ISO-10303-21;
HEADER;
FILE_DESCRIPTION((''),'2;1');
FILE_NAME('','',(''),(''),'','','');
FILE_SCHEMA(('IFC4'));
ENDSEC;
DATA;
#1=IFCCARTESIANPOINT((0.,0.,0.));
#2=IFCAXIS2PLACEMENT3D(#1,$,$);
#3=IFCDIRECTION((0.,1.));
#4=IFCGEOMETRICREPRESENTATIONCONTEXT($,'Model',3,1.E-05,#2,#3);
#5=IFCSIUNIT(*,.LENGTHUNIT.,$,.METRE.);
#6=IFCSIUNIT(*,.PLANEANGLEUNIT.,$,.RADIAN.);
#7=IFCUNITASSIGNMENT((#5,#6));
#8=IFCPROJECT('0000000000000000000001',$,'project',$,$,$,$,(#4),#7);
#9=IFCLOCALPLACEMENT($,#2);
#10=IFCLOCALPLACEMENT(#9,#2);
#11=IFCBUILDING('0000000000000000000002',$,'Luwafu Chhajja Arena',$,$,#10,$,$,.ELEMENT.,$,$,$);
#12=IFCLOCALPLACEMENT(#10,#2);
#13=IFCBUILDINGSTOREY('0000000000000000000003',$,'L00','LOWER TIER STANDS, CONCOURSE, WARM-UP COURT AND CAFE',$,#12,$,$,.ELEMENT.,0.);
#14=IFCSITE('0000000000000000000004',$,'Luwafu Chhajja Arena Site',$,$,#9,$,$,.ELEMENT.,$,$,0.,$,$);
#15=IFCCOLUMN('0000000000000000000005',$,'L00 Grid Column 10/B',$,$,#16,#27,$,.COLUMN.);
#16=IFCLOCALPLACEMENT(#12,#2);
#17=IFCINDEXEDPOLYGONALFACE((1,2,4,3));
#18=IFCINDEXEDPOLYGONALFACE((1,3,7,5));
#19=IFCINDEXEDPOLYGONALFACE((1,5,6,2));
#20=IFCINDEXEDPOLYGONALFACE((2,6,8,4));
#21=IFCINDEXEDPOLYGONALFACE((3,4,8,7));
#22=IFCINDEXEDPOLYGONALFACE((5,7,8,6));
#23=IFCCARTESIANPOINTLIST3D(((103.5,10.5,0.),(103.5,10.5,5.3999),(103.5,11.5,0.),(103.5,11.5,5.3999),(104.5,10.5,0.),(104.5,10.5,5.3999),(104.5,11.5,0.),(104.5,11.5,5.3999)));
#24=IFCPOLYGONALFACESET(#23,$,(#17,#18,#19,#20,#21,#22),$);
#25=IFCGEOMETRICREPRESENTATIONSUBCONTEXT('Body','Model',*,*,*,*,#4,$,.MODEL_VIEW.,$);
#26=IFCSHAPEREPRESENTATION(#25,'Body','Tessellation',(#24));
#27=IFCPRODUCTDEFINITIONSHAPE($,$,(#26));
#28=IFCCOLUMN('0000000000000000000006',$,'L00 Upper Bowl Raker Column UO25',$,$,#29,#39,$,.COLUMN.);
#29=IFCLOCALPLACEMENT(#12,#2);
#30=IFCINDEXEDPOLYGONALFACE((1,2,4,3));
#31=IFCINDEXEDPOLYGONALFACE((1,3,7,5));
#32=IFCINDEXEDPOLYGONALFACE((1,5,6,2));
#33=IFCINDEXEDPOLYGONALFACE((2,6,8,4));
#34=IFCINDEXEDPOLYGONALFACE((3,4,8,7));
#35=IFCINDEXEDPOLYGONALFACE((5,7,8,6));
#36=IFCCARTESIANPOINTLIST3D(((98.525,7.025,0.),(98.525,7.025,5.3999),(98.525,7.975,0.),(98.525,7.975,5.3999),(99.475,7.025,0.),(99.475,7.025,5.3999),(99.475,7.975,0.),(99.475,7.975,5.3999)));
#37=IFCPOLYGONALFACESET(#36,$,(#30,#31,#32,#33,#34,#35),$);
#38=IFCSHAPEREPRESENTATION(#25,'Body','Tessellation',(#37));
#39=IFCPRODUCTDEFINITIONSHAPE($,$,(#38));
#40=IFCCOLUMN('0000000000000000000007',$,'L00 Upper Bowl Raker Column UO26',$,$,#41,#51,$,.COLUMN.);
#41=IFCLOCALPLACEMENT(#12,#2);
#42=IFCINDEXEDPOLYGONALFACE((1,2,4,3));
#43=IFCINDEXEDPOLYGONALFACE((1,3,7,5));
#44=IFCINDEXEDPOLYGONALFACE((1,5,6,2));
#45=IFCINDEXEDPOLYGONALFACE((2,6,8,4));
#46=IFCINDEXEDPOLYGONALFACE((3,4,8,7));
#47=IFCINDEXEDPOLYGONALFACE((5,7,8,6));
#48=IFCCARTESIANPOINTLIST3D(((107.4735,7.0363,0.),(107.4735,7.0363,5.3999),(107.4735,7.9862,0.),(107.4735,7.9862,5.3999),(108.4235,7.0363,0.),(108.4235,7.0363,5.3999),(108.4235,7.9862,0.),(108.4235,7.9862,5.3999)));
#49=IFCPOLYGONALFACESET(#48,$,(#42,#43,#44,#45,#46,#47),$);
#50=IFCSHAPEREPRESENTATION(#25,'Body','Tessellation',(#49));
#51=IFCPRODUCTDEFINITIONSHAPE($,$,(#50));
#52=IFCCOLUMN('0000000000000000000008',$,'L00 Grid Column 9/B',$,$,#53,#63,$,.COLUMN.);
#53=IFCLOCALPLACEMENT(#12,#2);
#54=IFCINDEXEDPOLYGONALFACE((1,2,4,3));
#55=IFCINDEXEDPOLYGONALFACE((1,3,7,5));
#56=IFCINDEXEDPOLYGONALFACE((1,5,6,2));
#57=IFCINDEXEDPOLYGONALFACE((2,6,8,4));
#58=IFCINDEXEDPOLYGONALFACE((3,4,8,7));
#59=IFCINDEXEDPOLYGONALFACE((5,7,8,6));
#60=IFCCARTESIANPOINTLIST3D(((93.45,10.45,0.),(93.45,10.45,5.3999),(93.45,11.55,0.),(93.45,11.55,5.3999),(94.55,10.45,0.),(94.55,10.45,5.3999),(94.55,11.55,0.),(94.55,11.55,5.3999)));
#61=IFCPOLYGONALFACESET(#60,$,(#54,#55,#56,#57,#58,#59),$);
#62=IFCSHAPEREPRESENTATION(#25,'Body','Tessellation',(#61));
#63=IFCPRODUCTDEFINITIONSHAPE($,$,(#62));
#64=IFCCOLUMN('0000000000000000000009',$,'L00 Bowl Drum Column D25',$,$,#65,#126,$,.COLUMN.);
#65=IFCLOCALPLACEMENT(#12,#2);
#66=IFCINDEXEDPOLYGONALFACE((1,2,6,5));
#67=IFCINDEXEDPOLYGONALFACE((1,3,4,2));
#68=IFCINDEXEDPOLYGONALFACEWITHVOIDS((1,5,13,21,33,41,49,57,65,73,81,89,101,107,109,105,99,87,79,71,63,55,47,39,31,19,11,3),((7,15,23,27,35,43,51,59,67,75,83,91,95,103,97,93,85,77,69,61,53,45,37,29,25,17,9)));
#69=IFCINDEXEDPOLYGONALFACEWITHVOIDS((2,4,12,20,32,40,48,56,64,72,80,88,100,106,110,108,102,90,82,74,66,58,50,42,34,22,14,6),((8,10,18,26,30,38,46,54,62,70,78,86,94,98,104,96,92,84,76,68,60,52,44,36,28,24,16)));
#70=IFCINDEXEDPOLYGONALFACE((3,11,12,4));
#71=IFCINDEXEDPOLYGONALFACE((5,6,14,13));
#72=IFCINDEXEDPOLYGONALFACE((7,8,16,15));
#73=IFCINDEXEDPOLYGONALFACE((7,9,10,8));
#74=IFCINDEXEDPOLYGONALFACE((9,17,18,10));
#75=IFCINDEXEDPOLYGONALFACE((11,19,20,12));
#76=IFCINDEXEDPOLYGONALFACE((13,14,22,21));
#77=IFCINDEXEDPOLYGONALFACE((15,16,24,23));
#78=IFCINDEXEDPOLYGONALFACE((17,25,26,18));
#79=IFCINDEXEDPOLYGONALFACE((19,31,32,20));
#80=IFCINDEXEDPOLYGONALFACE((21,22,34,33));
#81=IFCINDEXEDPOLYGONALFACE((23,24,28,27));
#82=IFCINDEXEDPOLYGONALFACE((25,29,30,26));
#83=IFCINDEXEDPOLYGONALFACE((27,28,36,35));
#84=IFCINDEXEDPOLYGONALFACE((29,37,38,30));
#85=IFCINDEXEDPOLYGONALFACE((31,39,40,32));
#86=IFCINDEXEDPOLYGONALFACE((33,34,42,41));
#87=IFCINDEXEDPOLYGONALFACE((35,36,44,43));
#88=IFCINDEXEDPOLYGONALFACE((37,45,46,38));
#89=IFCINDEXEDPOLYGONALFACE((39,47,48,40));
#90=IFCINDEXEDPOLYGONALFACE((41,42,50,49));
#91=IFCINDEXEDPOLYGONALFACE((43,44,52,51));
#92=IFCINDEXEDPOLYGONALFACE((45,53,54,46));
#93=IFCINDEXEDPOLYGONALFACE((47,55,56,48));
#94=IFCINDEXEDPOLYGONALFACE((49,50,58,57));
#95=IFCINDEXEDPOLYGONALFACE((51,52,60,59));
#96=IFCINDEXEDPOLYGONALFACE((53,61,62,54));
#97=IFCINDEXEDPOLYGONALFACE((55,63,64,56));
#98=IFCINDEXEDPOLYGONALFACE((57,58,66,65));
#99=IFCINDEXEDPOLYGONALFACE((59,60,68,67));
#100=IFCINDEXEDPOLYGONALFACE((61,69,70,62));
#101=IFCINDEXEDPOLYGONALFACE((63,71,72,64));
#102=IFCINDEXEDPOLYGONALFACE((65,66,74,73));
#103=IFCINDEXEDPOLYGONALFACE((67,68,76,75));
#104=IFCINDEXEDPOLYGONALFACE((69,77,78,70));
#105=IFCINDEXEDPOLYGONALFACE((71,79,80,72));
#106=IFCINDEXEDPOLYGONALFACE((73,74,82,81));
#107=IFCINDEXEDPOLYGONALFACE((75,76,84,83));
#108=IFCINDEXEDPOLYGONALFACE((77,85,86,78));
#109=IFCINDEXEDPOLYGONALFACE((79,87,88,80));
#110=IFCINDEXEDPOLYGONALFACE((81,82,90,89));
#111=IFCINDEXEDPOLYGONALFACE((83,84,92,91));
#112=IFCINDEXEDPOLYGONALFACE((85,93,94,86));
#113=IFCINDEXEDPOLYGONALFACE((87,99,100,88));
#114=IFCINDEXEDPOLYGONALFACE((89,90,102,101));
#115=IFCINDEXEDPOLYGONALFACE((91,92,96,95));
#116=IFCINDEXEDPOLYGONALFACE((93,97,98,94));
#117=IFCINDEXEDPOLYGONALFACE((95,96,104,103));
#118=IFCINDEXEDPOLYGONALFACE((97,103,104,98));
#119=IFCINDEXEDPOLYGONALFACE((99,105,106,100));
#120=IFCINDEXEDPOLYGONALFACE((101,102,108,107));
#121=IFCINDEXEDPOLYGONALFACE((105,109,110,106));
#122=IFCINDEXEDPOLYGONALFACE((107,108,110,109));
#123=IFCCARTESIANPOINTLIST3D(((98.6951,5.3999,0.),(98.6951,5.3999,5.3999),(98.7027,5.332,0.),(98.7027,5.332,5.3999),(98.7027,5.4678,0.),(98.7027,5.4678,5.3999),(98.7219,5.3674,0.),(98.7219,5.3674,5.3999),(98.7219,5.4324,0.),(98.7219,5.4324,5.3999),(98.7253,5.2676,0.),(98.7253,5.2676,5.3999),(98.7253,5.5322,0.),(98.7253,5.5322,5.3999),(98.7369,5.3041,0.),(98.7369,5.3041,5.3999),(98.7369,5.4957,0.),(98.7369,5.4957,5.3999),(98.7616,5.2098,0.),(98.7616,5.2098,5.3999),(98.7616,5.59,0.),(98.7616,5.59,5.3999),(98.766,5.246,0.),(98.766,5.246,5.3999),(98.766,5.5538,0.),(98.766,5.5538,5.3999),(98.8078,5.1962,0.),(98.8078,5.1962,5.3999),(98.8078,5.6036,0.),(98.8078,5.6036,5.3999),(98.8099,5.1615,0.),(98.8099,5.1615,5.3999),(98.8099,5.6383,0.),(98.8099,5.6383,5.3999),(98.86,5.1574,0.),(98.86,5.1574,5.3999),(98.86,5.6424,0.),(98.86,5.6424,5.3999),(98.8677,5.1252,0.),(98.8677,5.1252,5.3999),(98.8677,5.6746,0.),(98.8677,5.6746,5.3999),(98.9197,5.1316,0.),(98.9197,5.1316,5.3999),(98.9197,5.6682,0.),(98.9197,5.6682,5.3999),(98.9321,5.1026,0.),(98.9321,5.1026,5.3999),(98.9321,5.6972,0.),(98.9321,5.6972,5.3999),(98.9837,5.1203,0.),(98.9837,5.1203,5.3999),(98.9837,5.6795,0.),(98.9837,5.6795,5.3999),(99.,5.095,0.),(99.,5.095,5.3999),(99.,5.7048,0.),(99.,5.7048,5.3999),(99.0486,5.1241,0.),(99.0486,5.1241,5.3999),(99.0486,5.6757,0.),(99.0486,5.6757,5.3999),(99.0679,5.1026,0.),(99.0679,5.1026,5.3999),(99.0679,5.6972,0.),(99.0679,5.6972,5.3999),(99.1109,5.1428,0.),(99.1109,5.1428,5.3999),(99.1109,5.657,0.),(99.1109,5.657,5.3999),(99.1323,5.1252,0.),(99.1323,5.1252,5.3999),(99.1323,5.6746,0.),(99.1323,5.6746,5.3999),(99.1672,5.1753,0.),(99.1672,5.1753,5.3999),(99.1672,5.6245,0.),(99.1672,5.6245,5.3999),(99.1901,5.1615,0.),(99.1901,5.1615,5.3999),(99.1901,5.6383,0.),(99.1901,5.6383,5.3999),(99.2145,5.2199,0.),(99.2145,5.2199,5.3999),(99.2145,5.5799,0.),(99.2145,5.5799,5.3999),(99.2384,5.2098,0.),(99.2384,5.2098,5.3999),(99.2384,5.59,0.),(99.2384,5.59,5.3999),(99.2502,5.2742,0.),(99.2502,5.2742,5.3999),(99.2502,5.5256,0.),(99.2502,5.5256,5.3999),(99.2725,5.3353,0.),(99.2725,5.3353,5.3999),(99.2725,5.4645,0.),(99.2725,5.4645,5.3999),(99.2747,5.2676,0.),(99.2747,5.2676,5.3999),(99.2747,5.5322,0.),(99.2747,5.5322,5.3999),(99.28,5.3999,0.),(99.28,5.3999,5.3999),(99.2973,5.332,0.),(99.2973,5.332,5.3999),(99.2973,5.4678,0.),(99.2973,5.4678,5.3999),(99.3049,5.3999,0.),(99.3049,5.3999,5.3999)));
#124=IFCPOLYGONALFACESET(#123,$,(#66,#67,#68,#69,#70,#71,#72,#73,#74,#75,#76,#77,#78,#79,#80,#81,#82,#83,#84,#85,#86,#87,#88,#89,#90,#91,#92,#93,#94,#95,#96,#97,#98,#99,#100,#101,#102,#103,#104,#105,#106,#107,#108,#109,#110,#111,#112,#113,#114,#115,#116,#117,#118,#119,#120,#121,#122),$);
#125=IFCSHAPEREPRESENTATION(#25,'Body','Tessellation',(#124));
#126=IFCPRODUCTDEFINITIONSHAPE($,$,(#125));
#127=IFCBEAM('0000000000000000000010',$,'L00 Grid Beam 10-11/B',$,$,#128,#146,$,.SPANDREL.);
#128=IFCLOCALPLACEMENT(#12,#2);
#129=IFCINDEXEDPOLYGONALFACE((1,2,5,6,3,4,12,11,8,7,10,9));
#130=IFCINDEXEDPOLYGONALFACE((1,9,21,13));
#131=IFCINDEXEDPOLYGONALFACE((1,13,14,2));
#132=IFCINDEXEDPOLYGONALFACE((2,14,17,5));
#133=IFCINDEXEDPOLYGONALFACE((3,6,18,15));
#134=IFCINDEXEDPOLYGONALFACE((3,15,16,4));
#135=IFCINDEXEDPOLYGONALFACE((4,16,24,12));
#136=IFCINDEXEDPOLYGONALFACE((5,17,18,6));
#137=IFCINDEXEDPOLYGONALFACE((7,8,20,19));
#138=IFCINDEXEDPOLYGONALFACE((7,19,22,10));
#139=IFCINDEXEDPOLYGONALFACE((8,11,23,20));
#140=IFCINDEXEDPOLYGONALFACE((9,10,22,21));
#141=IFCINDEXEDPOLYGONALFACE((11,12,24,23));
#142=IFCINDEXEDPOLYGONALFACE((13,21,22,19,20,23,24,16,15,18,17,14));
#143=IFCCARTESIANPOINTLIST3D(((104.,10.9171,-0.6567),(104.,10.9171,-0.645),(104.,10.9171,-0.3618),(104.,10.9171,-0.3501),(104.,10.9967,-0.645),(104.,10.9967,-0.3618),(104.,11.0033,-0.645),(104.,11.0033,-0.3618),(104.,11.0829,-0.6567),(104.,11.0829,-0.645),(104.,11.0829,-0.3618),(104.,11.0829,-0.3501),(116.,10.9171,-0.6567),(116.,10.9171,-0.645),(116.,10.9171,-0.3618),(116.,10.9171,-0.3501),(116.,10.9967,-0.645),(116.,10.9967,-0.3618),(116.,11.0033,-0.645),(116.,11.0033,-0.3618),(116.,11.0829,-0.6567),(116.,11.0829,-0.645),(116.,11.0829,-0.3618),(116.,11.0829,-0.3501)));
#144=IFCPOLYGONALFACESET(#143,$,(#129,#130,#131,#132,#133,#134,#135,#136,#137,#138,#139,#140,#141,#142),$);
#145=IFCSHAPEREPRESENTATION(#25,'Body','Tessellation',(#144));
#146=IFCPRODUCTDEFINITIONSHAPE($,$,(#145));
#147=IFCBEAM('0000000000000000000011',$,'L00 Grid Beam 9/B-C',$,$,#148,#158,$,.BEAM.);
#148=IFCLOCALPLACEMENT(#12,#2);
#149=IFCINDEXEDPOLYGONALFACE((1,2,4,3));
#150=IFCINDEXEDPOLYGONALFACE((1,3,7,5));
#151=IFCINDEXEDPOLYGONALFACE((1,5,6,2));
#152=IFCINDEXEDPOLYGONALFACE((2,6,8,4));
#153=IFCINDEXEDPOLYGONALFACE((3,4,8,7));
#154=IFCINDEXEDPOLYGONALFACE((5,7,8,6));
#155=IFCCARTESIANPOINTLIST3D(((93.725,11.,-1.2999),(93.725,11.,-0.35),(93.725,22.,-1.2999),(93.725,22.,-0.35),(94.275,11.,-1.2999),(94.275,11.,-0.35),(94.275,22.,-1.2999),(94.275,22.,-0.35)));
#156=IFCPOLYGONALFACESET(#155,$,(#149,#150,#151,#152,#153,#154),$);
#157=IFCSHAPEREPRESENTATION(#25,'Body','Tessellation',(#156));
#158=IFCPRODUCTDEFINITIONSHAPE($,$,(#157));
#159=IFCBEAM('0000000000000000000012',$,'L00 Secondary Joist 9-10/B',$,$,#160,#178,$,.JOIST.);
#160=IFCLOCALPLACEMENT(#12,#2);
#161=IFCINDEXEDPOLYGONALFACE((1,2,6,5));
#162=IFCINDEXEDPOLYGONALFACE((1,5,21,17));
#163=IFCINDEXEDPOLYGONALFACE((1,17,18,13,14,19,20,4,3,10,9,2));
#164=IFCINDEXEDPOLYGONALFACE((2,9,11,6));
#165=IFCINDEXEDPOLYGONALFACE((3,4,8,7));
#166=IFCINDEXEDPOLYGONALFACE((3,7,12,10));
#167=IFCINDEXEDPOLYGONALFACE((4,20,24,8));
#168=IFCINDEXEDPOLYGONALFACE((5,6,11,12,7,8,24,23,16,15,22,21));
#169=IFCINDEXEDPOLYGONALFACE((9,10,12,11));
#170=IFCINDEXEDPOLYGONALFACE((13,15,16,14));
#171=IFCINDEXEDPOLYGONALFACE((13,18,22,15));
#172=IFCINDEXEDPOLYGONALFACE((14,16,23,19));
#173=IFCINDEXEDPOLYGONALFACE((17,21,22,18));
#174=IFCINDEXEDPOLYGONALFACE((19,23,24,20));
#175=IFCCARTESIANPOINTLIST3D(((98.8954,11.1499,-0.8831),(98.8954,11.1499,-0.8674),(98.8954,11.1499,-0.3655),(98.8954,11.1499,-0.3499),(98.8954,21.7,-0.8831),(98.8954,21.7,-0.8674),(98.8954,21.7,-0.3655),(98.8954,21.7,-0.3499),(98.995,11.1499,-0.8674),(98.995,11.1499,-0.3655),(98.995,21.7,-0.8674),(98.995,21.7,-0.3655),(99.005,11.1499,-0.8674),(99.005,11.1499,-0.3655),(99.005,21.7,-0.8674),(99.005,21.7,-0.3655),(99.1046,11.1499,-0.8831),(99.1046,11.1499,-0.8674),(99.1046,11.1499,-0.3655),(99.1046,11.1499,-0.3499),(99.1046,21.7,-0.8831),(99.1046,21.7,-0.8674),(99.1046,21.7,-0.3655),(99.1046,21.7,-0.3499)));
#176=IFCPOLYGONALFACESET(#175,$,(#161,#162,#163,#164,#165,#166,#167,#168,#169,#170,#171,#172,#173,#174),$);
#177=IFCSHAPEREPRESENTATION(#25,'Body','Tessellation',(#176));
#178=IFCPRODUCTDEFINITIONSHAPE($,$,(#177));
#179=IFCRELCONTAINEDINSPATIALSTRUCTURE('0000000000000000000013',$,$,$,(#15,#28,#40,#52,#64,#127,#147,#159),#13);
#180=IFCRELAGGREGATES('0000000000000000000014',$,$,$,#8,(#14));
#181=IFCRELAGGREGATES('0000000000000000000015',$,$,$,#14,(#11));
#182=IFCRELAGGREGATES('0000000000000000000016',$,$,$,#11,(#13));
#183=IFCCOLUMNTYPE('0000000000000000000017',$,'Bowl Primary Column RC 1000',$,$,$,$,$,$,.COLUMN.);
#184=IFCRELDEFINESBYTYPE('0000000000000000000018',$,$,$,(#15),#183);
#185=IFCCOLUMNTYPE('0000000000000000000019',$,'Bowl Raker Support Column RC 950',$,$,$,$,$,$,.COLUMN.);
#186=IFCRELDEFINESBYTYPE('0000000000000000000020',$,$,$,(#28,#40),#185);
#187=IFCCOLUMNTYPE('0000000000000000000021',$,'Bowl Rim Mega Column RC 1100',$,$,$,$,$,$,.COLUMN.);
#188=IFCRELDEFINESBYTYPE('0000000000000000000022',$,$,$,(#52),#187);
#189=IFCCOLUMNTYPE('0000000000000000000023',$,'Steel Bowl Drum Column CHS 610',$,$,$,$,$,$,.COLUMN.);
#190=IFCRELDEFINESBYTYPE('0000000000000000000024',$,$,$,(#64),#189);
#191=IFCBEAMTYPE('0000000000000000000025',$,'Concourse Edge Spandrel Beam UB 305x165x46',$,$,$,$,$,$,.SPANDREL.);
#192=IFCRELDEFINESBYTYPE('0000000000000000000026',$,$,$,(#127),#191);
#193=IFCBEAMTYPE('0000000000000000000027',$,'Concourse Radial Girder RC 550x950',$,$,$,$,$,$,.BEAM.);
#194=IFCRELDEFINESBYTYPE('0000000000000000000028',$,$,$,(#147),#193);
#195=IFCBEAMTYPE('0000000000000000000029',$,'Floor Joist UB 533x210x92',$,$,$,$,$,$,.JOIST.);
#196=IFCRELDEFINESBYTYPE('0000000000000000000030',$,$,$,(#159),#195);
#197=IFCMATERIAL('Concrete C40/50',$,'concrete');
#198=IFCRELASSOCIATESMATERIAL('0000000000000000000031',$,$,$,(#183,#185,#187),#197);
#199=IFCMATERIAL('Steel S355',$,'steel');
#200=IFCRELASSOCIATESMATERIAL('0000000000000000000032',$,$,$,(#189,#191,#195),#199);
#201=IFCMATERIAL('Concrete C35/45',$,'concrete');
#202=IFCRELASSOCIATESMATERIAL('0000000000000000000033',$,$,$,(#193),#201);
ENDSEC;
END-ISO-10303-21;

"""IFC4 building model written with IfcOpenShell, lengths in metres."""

from ifc_helpers import new_model, si_unit, direction, frame, origin, origin_2d, place, context, subcontext, project, spatial, rectangle, hollow_circle, i_section, extrude, material, material_profile, profile_set, type_object, element, save


model = new_model("IFC4")

# Units and contexts
model_context = context("Model", 3, precision=1e-05, world=origin(), true_north=direction((0.0, 1.0)))
body_context = subcontext(model_context, "Body", "Model", "MODEL_VIEW")
ifc_project = project(units=[si_unit("LENGTHUNIT", "METRE"), si_unit("PLANEANGLEUNIT", "RADIAN")], contexts=[model_context])

# Site, building, storey
site_placement = place(None, origin())
site = spatial("IfcSite", under=ifc_project, at=site_placement, Name="Luwafu Chhajja Arena Site", CompositionType="ELEMENT", RefElevation=0.0)
building_placement = place(site_placement, origin())
building = spatial("IfcBuilding", under=site, at=building_placement, Name="Luwafu Chhajja Arena", CompositionType="ELEMENT")
storey_placement = place(building_placement, origin())
storey = spatial("IfcBuildingStorey", under=building, at=storey_placement, Name="L00", Description="LOWER TIER STANDS, CONCOURSE, WARM-UP COURT AND CAFE", CompositionType="ELEMENT", Elevation=0.0)

# Columns
ifc_material_1 = material(Name="Concrete C40/50", Category="concrete")
ifc_material_profile_1 = material_profile(ifc_material_1, rectangle(XDim=1.0, YDim=1.0, at=origin_2d()), Name="RC 1000x1000")
ifc_profile_set_1 = profile_set([ifc_material_profile_1], Name="Concrete C40/50")
column_type_1 = type_object("IfcColumnType", Name="Bowl Primary Column RC 1000", PredefinedType="COLUMN", material=ifc_profile_set_1)
column_1_placement = place(storey_placement, frame((104.0, 11.0, 0.0), z_axis=(0.0, 0.0, 1.0), x_axis=(1.0, 0.0, 0.0)))
element("IfcColumn", 1, at=column_1_placement, inside=storey, type_object=column_type_1, Name="L00 Grid Column 10/B", PredefinedType="COLUMN", context=body_context, shape_type="SweptSolid", body=[
    extrude(rectangle(XDim=1.0, YDim=1.0, at=origin_2d()), origin(), (0.0, 0.0, 1.0), 5.3999),
])
ifc_material_profile_2 = material_profile(ifc_material_1, rectangle(XDim=0.95, YDim=0.95, at=origin_2d()), Name="RC 950x950")
ifc_profile_set_2 = profile_set([ifc_material_profile_2], Name="Concrete C40/50")
column_type_2 = type_object("IfcColumnType", Name="Bowl Raker Support Column RC 950", PredefinedType="COLUMN", material=ifc_profile_set_2)
for number, where, z_axis, x_axis, name in (
    (2, (99.0, 7.5, 0.0), (0.0, 0.0, 1.0), (1.0, 0.0, 0.0), "L00 Upper Bowl Raker Column UO25"),
    (3, (107.9485, 7.5112, 0.0), (0.0, 0.0, 1.0), (1.0, 0.0, 0.0), "L00 Upper Bowl Raker Column UO26"),
):
    element("IfcColumn", number, at=place(storey_placement, frame(where, z_axis=z_axis, x_axis=x_axis)), inside=storey, type_object=column_type_2, Name=name, PredefinedType="COLUMN", context=body_context, shape_type="SweptSolid", body=[
        extrude(rectangle(XDim=0.95, YDim=0.95, at=origin_2d()), origin(), (0.0, 0.0, 1.0), 5.3999),
    ])
ifc_material_profile_3 = material_profile(ifc_material_1, rectangle(XDim=1.1001, YDim=1.1001, at=origin_2d()), Name="RC 1100x1100")
ifc_profile_set_3 = profile_set([ifc_material_profile_3], Name="Concrete C40/50")
column_type_3 = type_object("IfcColumnType", Name="Bowl Rim Mega Column RC 1100", PredefinedType="COLUMN", material=ifc_profile_set_3)
column_2_placement = place(storey_placement, frame((94.0, 11.0, 0.0), z_axis=(0.0, 0.0, 1.0), x_axis=(1.0, 0.0, 0.0)))
element("IfcColumn", 4, at=column_2_placement, inside=storey, type_object=column_type_3, Name="L00 Grid Column 9/B", PredefinedType="COLUMN", context=body_context, shape_type="SweptSolid", body=[
    extrude(rectangle(XDim=1.1001, YDim=1.1001, at=origin_2d()), origin(), (0.0, 0.0, 1.0), 5.3999),
])
ifc_material_2 = material(Name="Steel S355", Category="steel")
ifc_material_profile_4 = material_profile(ifc_material_2, hollow_circle(Radius=0.3049, WallThickness=0.0249, at=origin_2d()), Name="CHS 610x25")
ifc_profile_set_4 = profile_set([ifc_material_profile_4], Name="Steel S355")
column_type_4 = type_object("IfcColumnType", Name="Steel Bowl Drum Column CHS 610", PredefinedType="COLUMN", material=ifc_profile_set_4)
column_3_placement = place(storey_placement, frame((99.0, 5.3999, 0.0), z_axis=(0.0, 0.0, 1.0), x_axis=(1.0, 0.0, 0.0)))
element("IfcColumn", 5, at=column_3_placement, inside=storey, type_object=column_type_4, Name="L00 Bowl Drum Column D25", PredefinedType="COLUMN", context=body_context, shape_type="SweptSolid", body=[
    extrude(hollow_circle(Radius=0.3049, WallThickness=0.0249, at=origin_2d()), origin(), (0.0, 0.0, 1.0), 5.3999),
])

# Beams
ifc_material_profile_5 = material_profile(ifc_material_2, i_section(OverallWidth=0.1658, OverallDepth=0.3066, WebThickness=0.0066, FlangeThickness=0.0117, at=origin_2d()), Name="UB 305x165x46")
ifc_profile_set_5 = profile_set([ifc_material_profile_5], Name="Steel S355")
beam_type_1 = type_object("IfcBeamType", Name="Concourse Edge Spandrel Beam UB 305x165x46", PredefinedType="SPANDREL", material=ifc_profile_set_5)
beam_1_placement = place(storey_placement, frame((104.0, 11.0, -0.5034), z_axis=(1.0, 0.0, 0.0), x_axis=(0.0, 1.0, 0.0)))
element("IfcBeam", 6, at=beam_1_placement, inside=storey, type_object=beam_type_1, Name="L00 Grid Beam 10-11/B", PredefinedType="SPANDREL", context=body_context, shape_type="SweptSolid", body=[
    extrude(i_section(OverallWidth=0.1658, OverallDepth=0.3066, WebThickness=0.0066, FlangeThickness=0.0117, at=origin_2d()), origin(), (0.0, 0.0, 1.0), 12.0),
])
ifc_material_3 = material(Name="Concrete C35/45", Category="concrete")
ifc_material_profile_6 = material_profile(ifc_material_3, rectangle(XDim=0.55, YDim=0.95, at=origin_2d()), Name="RC 550x950")
ifc_profile_set_6 = profile_set([ifc_material_profile_6], Name="Concrete C35/45")
beam_type_2 = type_object("IfcBeamType", Name="Concourse Radial Girder RC 550x950", PredefinedType="BEAM", material=ifc_profile_set_6)
beam_2_placement = place(storey_placement, frame((94.0, 11.0, -0.825), z_axis=(0.0, 1.0, 0.0), x_axis=(-1.0, 0.0, 0.0)))
element("IfcBeam", 7, at=beam_2_placement, inside=storey, type_object=beam_type_2, Name="L00 Grid Beam 9/B-C", PredefinedType="BEAM", context=body_context, shape_type="SweptSolid", body=[
    extrude(rectangle(XDim=0.55, YDim=0.95, at=origin_2d()), origin(), (0.0, 0.0, 1.0), 11.0),
])
ifc_material_profile_7 = material_profile(ifc_material_2, i_section(OverallWidth=0.2092, OverallDepth=0.5332, WebThickness=0.01, FlangeThickness=0.0156, at=origin_2d()), Name="UB 533x210x92")
ifc_profile_set_7 = profile_set([ifc_material_profile_7], Name="Steel S355")
beam_type_3 = type_object("IfcBeamType", Name="Floor Joist UB 533x210x92", PredefinedType="JOIST", material=ifc_profile_set_7)
beam_3_placement = place(storey_placement, frame((99.0, 11.1499, -0.6165), z_axis=(0.0, 1.0, 0.0), x_axis=(-1.0, 0.0, 0.0)))
element("IfcBeam", 8, at=beam_3_placement, inside=storey, type_object=beam_type_3, Name="L00 Secondary Joist 9-10/B", PredefinedType="JOIST", context=body_context, shape_type="SweptSolid", body=[
    extrude(i_section(OverallWidth=0.2092, OverallDepth=0.5332, WebThickness=0.01, FlangeThickness=0.0156, at=origin_2d()), origin(), (0.0, 0.0, 1.0), 10.55),
])

save(model, "model.ifc")
